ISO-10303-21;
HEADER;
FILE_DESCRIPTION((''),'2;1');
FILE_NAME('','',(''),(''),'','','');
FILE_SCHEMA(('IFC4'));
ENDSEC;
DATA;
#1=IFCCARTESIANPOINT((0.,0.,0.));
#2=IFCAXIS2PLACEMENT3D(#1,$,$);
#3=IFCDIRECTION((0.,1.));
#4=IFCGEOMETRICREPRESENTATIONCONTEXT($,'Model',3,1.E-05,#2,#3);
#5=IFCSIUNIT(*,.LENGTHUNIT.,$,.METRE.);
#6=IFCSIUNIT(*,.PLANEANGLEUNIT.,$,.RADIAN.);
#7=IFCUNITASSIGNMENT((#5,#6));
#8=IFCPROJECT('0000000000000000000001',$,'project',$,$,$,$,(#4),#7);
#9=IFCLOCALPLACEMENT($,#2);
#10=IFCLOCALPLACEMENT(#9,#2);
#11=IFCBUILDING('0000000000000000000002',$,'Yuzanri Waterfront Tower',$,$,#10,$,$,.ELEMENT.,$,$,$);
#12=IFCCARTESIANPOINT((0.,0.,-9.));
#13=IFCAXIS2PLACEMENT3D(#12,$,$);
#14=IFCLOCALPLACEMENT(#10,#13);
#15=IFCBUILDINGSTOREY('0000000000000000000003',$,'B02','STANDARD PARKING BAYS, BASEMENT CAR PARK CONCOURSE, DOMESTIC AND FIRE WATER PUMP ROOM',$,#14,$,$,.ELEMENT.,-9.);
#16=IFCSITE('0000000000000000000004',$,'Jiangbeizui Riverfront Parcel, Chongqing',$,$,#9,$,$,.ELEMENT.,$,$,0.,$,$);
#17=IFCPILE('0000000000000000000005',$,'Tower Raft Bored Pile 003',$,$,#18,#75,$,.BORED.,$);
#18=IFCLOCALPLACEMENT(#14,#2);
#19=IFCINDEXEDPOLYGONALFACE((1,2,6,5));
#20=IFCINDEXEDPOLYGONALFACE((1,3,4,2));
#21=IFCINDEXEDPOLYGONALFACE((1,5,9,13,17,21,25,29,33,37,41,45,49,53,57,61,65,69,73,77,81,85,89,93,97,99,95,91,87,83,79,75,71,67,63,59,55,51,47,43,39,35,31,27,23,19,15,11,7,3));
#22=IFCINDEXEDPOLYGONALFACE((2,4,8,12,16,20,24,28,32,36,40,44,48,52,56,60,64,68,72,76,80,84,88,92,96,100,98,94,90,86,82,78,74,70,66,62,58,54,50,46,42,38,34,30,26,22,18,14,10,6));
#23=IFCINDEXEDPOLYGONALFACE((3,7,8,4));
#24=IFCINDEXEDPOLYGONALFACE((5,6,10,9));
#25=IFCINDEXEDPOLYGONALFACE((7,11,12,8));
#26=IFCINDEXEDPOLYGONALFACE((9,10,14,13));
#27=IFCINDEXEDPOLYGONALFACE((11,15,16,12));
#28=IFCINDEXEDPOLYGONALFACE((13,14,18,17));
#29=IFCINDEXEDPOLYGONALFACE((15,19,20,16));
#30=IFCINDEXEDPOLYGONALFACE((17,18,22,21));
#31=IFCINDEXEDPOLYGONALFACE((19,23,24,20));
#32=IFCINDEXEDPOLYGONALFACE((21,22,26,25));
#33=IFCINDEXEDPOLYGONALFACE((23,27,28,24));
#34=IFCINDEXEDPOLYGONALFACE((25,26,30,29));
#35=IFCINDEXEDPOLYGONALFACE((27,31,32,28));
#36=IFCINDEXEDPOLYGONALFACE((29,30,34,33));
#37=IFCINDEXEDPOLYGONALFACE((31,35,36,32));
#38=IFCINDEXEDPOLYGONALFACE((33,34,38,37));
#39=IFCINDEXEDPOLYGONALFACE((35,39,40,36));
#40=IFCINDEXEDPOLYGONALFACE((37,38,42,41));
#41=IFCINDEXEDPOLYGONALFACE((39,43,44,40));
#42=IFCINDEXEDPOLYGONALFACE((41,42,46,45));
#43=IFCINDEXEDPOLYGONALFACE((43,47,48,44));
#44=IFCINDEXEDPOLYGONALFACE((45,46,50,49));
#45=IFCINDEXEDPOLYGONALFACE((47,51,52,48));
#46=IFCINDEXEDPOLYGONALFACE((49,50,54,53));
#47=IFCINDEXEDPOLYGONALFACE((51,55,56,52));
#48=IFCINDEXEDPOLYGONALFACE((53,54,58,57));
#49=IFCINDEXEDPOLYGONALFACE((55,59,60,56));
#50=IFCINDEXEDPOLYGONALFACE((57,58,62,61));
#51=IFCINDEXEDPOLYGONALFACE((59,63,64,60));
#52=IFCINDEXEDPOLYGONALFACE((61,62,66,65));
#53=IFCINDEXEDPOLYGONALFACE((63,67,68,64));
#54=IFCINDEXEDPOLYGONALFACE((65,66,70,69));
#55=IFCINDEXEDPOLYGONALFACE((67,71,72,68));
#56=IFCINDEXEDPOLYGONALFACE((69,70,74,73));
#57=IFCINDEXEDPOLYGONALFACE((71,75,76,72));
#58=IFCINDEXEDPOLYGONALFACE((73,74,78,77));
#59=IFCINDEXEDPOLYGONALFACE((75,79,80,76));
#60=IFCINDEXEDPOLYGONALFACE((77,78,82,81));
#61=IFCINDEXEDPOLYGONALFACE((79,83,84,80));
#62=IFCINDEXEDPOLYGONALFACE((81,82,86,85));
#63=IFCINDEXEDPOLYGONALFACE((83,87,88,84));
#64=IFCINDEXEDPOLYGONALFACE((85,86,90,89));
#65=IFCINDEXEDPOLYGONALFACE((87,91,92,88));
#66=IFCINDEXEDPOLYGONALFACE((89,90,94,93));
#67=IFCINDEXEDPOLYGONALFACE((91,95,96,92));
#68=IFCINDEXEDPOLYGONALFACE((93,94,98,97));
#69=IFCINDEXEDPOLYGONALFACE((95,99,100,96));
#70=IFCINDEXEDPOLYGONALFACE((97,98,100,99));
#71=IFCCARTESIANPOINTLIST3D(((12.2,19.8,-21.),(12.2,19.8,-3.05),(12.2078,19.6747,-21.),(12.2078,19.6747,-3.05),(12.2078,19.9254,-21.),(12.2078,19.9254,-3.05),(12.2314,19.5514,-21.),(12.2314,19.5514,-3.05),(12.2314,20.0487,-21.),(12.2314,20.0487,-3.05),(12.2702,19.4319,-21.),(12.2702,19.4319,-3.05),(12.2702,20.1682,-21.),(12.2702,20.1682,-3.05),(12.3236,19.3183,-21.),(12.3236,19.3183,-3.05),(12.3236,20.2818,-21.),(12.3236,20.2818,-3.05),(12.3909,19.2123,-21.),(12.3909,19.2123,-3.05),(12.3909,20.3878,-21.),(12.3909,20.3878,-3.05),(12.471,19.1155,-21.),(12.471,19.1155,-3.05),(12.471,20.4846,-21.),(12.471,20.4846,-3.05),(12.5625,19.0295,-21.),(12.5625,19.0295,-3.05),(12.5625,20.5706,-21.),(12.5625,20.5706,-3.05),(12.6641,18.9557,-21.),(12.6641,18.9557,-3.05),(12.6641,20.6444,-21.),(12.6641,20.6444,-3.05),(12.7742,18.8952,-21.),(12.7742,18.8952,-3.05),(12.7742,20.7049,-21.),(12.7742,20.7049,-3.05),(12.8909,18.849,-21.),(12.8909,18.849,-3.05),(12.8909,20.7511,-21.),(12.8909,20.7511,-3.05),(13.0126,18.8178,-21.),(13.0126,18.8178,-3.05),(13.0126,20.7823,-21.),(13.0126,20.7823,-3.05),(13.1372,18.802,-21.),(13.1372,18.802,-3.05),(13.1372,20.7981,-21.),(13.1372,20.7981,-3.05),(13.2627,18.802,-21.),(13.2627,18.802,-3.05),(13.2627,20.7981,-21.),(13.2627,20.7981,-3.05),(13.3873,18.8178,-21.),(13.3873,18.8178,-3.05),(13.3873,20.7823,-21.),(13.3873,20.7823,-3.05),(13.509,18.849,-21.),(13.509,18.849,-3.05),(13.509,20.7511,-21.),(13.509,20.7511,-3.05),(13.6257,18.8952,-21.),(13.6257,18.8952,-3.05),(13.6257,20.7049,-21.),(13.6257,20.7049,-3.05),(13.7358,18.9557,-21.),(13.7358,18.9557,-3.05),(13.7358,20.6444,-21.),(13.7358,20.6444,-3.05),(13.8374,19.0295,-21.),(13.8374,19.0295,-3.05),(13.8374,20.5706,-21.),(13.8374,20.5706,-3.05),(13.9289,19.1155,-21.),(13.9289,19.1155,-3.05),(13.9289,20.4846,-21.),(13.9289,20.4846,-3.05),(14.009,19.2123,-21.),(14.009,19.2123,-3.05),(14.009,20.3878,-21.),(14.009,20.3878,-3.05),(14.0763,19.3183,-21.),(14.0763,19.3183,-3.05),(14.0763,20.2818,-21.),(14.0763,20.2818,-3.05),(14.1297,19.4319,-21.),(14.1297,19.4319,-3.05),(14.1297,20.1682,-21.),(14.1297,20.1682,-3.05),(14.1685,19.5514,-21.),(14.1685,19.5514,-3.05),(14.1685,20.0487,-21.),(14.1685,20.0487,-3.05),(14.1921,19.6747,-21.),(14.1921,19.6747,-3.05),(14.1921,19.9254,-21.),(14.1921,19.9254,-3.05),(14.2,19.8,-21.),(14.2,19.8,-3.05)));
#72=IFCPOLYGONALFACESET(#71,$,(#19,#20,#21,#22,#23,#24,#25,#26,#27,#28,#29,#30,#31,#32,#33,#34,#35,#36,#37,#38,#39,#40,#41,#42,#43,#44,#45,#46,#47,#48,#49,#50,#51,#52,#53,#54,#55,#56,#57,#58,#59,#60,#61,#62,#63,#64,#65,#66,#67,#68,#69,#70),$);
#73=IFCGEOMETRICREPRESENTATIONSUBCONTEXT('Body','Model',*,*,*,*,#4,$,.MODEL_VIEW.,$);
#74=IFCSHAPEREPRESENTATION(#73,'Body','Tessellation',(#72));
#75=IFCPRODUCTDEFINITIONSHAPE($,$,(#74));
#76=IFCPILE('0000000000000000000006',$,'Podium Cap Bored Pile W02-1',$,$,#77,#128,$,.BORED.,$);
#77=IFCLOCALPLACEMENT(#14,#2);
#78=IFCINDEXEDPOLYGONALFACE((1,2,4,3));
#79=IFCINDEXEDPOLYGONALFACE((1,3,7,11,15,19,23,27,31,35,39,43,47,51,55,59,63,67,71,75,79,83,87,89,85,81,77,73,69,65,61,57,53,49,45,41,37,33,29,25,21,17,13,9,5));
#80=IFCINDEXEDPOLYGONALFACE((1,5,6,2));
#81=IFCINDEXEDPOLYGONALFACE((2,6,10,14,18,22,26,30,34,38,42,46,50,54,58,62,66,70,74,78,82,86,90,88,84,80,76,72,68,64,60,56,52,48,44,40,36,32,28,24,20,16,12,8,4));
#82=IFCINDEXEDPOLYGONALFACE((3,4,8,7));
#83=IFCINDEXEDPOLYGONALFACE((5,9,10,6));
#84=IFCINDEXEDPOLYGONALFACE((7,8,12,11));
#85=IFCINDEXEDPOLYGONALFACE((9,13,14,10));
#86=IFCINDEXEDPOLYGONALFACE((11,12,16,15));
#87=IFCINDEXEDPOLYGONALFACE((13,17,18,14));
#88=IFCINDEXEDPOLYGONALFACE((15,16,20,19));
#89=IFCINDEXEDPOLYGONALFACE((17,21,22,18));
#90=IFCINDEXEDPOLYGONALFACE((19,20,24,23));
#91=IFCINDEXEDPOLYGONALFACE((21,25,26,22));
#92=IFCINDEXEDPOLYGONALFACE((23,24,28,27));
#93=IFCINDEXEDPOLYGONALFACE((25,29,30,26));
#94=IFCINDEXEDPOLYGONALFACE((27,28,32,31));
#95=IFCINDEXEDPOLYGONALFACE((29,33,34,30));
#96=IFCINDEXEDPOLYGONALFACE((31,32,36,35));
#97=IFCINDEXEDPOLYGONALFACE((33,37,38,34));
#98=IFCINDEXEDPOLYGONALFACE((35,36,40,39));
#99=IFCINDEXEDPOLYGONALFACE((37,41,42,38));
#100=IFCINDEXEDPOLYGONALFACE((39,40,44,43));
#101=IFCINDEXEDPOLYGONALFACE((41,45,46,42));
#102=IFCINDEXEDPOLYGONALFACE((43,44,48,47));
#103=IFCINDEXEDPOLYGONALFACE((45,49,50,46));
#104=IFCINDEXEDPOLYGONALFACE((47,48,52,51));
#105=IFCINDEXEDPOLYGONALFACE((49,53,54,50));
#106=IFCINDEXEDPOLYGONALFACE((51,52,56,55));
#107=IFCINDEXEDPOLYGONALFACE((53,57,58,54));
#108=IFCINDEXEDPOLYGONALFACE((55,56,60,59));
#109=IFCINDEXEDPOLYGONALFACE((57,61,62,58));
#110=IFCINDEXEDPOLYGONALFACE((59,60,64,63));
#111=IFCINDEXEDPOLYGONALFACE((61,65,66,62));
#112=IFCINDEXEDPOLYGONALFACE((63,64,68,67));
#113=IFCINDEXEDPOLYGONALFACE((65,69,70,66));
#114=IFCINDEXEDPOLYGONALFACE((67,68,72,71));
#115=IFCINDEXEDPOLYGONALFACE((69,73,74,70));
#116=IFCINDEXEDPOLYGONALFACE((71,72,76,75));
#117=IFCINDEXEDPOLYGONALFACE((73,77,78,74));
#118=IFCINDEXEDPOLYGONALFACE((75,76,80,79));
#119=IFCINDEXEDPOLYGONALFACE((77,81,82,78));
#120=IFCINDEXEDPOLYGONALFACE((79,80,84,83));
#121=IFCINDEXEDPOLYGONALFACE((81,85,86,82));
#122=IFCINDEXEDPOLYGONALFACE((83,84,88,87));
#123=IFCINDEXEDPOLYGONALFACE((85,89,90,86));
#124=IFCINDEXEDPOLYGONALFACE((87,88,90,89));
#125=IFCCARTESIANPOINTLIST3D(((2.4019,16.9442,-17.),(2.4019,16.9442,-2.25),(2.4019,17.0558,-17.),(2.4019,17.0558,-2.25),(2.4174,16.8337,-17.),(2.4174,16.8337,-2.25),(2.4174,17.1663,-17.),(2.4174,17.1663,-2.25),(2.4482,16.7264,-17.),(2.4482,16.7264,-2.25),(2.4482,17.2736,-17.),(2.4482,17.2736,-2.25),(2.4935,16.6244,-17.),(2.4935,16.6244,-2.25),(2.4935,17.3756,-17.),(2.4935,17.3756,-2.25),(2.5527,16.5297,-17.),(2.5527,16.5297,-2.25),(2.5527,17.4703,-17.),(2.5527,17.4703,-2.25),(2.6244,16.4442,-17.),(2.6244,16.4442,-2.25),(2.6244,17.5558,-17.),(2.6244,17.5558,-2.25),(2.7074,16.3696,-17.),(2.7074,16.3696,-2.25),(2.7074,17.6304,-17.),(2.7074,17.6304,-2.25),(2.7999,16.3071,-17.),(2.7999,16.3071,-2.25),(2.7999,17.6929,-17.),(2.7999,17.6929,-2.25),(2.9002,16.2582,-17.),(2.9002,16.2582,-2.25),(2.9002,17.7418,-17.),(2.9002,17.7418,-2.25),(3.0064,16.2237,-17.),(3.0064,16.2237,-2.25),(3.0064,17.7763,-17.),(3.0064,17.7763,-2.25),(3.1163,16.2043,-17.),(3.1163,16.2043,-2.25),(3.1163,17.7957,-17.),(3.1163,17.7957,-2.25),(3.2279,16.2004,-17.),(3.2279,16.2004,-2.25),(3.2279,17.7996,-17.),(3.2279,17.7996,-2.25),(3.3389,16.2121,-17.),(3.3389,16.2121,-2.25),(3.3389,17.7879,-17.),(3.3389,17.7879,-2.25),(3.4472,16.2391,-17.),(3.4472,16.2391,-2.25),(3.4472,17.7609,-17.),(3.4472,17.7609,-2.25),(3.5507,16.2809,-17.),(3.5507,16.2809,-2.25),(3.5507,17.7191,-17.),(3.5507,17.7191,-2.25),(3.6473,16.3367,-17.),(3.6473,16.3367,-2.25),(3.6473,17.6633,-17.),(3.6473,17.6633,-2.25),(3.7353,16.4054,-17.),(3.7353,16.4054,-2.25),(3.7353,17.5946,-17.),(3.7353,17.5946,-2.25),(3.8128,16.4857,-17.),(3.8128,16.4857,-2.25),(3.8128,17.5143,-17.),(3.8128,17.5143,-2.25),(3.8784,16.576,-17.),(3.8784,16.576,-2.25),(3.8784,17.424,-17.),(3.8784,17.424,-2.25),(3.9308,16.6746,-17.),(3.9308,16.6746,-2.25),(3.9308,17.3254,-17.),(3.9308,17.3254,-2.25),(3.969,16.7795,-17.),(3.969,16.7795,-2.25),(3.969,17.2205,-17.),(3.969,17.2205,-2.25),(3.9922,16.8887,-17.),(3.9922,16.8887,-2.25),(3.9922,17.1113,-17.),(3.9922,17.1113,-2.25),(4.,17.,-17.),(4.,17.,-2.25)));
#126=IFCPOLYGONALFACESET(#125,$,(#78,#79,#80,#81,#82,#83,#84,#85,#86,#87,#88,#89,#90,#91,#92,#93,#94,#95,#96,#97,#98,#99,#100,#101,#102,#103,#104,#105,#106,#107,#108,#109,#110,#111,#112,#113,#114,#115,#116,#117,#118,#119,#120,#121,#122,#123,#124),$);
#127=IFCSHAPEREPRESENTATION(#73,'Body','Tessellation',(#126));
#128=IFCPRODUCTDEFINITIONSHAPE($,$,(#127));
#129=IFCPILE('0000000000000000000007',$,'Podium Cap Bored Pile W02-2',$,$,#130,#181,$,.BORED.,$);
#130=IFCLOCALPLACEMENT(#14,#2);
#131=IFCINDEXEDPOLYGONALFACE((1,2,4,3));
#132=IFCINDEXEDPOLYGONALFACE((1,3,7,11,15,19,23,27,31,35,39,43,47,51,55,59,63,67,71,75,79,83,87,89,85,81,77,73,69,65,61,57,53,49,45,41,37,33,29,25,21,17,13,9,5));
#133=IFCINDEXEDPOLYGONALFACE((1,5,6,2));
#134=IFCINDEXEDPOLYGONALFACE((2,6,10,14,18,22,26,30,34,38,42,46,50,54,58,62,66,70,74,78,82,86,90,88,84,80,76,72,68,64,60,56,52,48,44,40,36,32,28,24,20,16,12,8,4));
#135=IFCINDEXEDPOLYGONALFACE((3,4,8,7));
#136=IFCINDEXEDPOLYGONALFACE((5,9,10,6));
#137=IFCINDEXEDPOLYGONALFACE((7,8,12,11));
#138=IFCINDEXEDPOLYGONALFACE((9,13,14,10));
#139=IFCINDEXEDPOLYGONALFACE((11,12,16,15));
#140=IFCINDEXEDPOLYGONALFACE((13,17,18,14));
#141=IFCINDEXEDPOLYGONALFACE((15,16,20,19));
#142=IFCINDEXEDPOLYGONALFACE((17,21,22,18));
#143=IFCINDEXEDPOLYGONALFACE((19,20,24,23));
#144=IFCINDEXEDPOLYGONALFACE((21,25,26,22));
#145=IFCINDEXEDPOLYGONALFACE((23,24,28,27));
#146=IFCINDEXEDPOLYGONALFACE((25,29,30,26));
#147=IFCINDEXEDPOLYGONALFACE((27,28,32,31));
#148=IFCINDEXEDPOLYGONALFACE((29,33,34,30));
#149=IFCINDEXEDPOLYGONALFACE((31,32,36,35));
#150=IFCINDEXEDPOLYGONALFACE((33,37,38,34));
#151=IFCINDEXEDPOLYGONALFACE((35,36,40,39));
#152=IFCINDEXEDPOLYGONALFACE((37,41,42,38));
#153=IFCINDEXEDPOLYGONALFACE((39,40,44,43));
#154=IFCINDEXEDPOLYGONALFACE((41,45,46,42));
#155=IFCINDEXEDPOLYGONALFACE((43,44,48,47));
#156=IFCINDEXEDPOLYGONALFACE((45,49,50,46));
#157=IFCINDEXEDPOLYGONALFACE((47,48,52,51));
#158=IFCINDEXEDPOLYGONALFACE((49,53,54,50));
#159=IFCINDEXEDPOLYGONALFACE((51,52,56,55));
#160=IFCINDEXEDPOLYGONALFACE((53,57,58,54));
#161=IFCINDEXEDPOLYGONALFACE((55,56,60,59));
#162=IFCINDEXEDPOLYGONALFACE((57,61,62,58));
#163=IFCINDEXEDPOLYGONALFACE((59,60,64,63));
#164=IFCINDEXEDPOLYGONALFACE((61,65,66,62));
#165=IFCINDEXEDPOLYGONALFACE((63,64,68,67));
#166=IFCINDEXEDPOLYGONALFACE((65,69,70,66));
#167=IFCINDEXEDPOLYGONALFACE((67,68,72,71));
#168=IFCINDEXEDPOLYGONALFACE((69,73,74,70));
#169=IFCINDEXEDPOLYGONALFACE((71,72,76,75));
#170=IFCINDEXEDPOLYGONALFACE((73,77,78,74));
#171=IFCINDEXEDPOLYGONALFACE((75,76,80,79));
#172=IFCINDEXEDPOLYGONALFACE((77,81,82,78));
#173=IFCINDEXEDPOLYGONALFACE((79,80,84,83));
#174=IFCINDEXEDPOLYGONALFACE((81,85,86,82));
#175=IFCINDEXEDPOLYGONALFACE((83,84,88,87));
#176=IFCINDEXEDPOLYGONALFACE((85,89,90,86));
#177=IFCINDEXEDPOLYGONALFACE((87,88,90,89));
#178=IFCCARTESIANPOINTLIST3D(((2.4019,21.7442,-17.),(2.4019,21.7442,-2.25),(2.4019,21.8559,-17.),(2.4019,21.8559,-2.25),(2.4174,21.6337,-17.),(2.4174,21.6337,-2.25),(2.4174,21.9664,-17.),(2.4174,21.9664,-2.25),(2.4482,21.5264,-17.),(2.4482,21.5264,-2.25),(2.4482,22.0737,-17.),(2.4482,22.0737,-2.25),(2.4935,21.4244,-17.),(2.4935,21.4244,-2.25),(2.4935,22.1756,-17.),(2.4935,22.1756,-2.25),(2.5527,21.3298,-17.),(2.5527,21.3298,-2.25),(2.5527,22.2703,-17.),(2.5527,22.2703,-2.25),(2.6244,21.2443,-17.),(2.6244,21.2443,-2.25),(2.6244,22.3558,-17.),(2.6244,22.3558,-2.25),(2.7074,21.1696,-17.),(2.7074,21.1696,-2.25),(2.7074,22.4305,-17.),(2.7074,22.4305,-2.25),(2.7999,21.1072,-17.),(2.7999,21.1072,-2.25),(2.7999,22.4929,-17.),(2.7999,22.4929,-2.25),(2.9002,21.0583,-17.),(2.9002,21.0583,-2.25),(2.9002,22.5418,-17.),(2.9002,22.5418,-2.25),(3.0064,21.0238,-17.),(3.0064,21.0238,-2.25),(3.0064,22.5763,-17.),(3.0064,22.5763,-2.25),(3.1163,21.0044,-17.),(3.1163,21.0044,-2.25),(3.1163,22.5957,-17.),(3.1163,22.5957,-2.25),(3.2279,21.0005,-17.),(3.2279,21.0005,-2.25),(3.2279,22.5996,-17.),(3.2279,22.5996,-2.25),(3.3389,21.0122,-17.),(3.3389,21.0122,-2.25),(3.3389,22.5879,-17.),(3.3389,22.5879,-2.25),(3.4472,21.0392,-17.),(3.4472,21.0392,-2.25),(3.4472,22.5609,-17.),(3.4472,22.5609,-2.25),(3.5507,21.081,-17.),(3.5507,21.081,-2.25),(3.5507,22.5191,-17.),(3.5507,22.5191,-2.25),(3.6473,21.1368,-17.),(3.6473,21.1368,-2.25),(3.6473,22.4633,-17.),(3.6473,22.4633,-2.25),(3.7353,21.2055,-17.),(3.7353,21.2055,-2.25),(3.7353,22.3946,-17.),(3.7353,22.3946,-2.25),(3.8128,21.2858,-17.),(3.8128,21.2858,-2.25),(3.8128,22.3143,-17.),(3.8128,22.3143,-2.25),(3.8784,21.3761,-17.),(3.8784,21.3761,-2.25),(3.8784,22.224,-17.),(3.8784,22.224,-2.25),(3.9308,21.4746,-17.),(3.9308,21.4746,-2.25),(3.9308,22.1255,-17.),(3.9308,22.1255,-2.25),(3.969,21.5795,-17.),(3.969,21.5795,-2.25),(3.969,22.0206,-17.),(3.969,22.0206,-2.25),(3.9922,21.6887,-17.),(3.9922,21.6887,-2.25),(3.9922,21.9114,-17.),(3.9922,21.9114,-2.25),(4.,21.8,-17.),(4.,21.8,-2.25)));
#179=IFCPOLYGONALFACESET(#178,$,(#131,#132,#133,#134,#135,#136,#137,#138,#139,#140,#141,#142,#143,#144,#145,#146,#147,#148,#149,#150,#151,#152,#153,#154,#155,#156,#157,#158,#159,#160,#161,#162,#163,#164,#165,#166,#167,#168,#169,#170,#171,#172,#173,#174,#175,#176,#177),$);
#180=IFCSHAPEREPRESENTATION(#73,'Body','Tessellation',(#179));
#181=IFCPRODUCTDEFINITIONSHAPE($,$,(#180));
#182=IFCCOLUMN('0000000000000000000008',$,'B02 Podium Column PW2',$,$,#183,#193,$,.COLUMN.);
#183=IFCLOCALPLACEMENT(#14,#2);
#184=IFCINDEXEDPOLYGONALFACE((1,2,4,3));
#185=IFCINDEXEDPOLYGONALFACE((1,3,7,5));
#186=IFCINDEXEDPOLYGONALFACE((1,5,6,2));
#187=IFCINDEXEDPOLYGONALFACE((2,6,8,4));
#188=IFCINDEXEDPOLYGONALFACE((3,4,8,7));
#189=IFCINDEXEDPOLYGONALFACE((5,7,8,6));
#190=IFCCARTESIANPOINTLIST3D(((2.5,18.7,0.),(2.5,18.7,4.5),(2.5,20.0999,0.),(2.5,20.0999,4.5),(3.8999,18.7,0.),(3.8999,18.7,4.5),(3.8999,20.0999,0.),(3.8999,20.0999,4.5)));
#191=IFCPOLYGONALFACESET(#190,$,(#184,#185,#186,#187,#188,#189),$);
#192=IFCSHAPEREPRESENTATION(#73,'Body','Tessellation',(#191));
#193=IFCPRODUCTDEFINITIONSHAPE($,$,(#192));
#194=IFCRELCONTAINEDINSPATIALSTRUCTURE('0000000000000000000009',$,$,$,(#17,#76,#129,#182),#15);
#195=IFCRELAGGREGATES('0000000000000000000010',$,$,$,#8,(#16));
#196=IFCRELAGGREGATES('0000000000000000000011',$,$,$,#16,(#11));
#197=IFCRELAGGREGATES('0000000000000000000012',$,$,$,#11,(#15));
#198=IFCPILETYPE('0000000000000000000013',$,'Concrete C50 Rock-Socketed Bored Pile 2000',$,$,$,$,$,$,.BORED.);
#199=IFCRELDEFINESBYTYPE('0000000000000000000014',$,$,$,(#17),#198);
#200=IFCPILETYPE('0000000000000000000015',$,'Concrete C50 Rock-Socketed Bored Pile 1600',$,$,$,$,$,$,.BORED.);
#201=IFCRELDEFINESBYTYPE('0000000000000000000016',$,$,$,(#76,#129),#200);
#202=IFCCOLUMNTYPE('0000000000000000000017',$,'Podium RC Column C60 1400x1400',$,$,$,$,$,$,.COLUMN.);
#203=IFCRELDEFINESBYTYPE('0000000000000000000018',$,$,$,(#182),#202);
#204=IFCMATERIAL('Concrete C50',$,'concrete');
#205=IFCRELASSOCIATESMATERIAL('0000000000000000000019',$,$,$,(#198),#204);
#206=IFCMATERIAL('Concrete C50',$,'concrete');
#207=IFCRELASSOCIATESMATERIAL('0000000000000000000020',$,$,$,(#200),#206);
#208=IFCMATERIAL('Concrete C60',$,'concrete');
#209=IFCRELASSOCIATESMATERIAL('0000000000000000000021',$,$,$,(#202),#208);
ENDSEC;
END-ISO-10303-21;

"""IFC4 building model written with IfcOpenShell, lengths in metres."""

from ifc_helpers import new_model, si_unit, direction, frame, origin, origin_2d, place, context, subcontext, project, spatial, rectangle, circle, extrude, source, transform, mapped, material, material_profile, profile_set, type_object, element, save


model = new_model("IFC4")

# Units and contexts
model_context = context("Model", 3, precision=1e-05, world=origin(), true_north=direction((0.0, 1.0)))
body_context = subcontext(model_context, "Body", "Model", "MODEL_VIEW")
ifc_project = project(units=[si_unit("LENGTHUNIT", "METRE"), si_unit("PLANEANGLEUNIT", "RADIAN")], contexts=[model_context])

# Site, building, storey
site_placement = place(None, origin())
site = spatial("IfcSite", under=ifc_project, at=site_placement, Name="Jiangbeizui Riverfront Parcel, Chongqing", CompositionType="ELEMENT", RefElevation=0.0)
building_placement = place(site_placement, origin())
building = spatial("IfcBuilding", under=site, at=building_placement, Name="Yuzanri Waterfront Tower", CompositionType="ELEMENT")
storey_placement = place(building_placement, frame((0.0, 0.0, -9.0)))
storey = spatial("IfcBuildingStorey", under=building, at=storey_placement, Name="B02", Description="STANDARD PARKING BAYS, BASEMENT CAR PARK CONCOURSE, DOMESTIC AND FIRE WATER PUMP ROOM", CompositionType="ELEMENT", Elevation=-9.0)

# Piles
ifc_material_1 = material(Name="Concrete C50", Category="concrete")
ifc_material_profile_1 = material_profile(ifc_material_1, circle(Radius=1.0, at=origin_2d()), Name="PILE D2000")
ifc_profile_set_1 = profile_set([ifc_material_profile_1], Name="Concrete C50")
pile_type_1 = type_object("IfcPileType", Name="Concrete C50 Rock-Socketed Bored Pile 2000", PredefinedType="BORED", material=ifc_profile_set_1)
shared_shape_1 = source(origin(), body_context, "Body", "SweptSolid", [
    extrude(circle(Radius=1.0, at=origin_2d()), origin(), (0.0, 0.0, 1.0), 17.95),
])
pile_placement = place(storey_placement, frame((13.2, 19.8, -3.05), z_axis=(0.0, 0.0, -1.0), x_axis=(1.0, 0.0, 0.0)))
element("IfcPile", 1, at=pile_placement, inside=storey, type_object=pile_type_1, Name="Tower Raft Bored Pile 003", PredefinedType="BORED", context=body_context, shape_type="MappedRepresentation", body=[
    mapped(shared_shape_1, transform((0.0, 0.0, 0.0), scale=1.0)),
])
ifc_material_2 = material(Name="Concrete C50", Category="concrete")
ifc_material_profile_2 = material_profile(ifc_material_2, circle(Radius=0.8, at=origin_2d()), Name="PILE D1600")
ifc_profile_set_2 = profile_set([ifc_material_profile_2], Name="Concrete C50")
pile_type_2 = type_object("IfcPileType", Name="Concrete C50 Rock-Socketed Bored Pile 1600", PredefinedType="BORED", material=ifc_profile_set_2)
shared_shape_2 = source(origin(), body_context, "Body", "SweptSolid", [
    extrude(circle(Radius=0.8, at=origin_2d()), origin(), (0.0, 0.0, 1.0), 14.75),
])
for number, where, z_axis, x_axis, name in (
    (2, (3.2, 17.0, -2.25), (0.0, 0.0, -1.0), (1.0, 0.0, 0.0), "Podium Cap Bored Pile W02-1"),
    (3, (3.2, 21.8, -2.25), (0.0, 0.0, -1.0), (1.0, 0.0, 0.0), "Podium Cap Bored Pile W02-2"),
):
    element("IfcPile", number, at=place(storey_placement, frame(where, z_axis=z_axis, x_axis=x_axis)), inside=storey, type_object=pile_type_2, Name=name, PredefinedType="BORED", context=body_context, shape_type="MappedRepresentation", body=[
        mapped(shared_shape_2, transform((0.0, 0.0, 0.0), scale=1.0)),
    ])

# Column
ifc_material_3 = material(Name="Concrete C60", Category="concrete")
ifc_material_profile_3 = material_profile(ifc_material_3, rectangle(XDim=1.3999, YDim=1.3999, at=origin_2d()), Name="RC 1400x1400")
ifc_profile_set_3 = profile_set([ifc_material_profile_3], Name="Concrete C60")
column_type_1 = type_object("IfcColumnType", Name="Podium RC Column C60 1400x1400", PredefinedType="COLUMN", material=ifc_profile_set_3)
shared_shape_3 = source(origin(), body_context, "Body", "SweptSolid", [
    extrude(rectangle(XDim=1.3999, YDim=1.3999, at=origin_2d()), origin(), (0.0, 0.0, 1.0), 4.5),
])
column_1_placement = place(storey_placement, frame((3.2, 19.3999, 0.0), z_axis=(0.0, 0.0, 1.0), x_axis=(1.0, 0.0, 0.0)))
element("IfcColumn", 4, at=column_1_placement, inside=storey, type_object=column_type_1, Name="B02 Podium Column PW2", PredefinedType="COLUMN", context=body_context, shape_type="MappedRepresentation", body=[
    mapped(shared_shape_3, transform((0.0, 0.0, 0.0), scale=1.0)),
])

save(model, "model.ifc")
